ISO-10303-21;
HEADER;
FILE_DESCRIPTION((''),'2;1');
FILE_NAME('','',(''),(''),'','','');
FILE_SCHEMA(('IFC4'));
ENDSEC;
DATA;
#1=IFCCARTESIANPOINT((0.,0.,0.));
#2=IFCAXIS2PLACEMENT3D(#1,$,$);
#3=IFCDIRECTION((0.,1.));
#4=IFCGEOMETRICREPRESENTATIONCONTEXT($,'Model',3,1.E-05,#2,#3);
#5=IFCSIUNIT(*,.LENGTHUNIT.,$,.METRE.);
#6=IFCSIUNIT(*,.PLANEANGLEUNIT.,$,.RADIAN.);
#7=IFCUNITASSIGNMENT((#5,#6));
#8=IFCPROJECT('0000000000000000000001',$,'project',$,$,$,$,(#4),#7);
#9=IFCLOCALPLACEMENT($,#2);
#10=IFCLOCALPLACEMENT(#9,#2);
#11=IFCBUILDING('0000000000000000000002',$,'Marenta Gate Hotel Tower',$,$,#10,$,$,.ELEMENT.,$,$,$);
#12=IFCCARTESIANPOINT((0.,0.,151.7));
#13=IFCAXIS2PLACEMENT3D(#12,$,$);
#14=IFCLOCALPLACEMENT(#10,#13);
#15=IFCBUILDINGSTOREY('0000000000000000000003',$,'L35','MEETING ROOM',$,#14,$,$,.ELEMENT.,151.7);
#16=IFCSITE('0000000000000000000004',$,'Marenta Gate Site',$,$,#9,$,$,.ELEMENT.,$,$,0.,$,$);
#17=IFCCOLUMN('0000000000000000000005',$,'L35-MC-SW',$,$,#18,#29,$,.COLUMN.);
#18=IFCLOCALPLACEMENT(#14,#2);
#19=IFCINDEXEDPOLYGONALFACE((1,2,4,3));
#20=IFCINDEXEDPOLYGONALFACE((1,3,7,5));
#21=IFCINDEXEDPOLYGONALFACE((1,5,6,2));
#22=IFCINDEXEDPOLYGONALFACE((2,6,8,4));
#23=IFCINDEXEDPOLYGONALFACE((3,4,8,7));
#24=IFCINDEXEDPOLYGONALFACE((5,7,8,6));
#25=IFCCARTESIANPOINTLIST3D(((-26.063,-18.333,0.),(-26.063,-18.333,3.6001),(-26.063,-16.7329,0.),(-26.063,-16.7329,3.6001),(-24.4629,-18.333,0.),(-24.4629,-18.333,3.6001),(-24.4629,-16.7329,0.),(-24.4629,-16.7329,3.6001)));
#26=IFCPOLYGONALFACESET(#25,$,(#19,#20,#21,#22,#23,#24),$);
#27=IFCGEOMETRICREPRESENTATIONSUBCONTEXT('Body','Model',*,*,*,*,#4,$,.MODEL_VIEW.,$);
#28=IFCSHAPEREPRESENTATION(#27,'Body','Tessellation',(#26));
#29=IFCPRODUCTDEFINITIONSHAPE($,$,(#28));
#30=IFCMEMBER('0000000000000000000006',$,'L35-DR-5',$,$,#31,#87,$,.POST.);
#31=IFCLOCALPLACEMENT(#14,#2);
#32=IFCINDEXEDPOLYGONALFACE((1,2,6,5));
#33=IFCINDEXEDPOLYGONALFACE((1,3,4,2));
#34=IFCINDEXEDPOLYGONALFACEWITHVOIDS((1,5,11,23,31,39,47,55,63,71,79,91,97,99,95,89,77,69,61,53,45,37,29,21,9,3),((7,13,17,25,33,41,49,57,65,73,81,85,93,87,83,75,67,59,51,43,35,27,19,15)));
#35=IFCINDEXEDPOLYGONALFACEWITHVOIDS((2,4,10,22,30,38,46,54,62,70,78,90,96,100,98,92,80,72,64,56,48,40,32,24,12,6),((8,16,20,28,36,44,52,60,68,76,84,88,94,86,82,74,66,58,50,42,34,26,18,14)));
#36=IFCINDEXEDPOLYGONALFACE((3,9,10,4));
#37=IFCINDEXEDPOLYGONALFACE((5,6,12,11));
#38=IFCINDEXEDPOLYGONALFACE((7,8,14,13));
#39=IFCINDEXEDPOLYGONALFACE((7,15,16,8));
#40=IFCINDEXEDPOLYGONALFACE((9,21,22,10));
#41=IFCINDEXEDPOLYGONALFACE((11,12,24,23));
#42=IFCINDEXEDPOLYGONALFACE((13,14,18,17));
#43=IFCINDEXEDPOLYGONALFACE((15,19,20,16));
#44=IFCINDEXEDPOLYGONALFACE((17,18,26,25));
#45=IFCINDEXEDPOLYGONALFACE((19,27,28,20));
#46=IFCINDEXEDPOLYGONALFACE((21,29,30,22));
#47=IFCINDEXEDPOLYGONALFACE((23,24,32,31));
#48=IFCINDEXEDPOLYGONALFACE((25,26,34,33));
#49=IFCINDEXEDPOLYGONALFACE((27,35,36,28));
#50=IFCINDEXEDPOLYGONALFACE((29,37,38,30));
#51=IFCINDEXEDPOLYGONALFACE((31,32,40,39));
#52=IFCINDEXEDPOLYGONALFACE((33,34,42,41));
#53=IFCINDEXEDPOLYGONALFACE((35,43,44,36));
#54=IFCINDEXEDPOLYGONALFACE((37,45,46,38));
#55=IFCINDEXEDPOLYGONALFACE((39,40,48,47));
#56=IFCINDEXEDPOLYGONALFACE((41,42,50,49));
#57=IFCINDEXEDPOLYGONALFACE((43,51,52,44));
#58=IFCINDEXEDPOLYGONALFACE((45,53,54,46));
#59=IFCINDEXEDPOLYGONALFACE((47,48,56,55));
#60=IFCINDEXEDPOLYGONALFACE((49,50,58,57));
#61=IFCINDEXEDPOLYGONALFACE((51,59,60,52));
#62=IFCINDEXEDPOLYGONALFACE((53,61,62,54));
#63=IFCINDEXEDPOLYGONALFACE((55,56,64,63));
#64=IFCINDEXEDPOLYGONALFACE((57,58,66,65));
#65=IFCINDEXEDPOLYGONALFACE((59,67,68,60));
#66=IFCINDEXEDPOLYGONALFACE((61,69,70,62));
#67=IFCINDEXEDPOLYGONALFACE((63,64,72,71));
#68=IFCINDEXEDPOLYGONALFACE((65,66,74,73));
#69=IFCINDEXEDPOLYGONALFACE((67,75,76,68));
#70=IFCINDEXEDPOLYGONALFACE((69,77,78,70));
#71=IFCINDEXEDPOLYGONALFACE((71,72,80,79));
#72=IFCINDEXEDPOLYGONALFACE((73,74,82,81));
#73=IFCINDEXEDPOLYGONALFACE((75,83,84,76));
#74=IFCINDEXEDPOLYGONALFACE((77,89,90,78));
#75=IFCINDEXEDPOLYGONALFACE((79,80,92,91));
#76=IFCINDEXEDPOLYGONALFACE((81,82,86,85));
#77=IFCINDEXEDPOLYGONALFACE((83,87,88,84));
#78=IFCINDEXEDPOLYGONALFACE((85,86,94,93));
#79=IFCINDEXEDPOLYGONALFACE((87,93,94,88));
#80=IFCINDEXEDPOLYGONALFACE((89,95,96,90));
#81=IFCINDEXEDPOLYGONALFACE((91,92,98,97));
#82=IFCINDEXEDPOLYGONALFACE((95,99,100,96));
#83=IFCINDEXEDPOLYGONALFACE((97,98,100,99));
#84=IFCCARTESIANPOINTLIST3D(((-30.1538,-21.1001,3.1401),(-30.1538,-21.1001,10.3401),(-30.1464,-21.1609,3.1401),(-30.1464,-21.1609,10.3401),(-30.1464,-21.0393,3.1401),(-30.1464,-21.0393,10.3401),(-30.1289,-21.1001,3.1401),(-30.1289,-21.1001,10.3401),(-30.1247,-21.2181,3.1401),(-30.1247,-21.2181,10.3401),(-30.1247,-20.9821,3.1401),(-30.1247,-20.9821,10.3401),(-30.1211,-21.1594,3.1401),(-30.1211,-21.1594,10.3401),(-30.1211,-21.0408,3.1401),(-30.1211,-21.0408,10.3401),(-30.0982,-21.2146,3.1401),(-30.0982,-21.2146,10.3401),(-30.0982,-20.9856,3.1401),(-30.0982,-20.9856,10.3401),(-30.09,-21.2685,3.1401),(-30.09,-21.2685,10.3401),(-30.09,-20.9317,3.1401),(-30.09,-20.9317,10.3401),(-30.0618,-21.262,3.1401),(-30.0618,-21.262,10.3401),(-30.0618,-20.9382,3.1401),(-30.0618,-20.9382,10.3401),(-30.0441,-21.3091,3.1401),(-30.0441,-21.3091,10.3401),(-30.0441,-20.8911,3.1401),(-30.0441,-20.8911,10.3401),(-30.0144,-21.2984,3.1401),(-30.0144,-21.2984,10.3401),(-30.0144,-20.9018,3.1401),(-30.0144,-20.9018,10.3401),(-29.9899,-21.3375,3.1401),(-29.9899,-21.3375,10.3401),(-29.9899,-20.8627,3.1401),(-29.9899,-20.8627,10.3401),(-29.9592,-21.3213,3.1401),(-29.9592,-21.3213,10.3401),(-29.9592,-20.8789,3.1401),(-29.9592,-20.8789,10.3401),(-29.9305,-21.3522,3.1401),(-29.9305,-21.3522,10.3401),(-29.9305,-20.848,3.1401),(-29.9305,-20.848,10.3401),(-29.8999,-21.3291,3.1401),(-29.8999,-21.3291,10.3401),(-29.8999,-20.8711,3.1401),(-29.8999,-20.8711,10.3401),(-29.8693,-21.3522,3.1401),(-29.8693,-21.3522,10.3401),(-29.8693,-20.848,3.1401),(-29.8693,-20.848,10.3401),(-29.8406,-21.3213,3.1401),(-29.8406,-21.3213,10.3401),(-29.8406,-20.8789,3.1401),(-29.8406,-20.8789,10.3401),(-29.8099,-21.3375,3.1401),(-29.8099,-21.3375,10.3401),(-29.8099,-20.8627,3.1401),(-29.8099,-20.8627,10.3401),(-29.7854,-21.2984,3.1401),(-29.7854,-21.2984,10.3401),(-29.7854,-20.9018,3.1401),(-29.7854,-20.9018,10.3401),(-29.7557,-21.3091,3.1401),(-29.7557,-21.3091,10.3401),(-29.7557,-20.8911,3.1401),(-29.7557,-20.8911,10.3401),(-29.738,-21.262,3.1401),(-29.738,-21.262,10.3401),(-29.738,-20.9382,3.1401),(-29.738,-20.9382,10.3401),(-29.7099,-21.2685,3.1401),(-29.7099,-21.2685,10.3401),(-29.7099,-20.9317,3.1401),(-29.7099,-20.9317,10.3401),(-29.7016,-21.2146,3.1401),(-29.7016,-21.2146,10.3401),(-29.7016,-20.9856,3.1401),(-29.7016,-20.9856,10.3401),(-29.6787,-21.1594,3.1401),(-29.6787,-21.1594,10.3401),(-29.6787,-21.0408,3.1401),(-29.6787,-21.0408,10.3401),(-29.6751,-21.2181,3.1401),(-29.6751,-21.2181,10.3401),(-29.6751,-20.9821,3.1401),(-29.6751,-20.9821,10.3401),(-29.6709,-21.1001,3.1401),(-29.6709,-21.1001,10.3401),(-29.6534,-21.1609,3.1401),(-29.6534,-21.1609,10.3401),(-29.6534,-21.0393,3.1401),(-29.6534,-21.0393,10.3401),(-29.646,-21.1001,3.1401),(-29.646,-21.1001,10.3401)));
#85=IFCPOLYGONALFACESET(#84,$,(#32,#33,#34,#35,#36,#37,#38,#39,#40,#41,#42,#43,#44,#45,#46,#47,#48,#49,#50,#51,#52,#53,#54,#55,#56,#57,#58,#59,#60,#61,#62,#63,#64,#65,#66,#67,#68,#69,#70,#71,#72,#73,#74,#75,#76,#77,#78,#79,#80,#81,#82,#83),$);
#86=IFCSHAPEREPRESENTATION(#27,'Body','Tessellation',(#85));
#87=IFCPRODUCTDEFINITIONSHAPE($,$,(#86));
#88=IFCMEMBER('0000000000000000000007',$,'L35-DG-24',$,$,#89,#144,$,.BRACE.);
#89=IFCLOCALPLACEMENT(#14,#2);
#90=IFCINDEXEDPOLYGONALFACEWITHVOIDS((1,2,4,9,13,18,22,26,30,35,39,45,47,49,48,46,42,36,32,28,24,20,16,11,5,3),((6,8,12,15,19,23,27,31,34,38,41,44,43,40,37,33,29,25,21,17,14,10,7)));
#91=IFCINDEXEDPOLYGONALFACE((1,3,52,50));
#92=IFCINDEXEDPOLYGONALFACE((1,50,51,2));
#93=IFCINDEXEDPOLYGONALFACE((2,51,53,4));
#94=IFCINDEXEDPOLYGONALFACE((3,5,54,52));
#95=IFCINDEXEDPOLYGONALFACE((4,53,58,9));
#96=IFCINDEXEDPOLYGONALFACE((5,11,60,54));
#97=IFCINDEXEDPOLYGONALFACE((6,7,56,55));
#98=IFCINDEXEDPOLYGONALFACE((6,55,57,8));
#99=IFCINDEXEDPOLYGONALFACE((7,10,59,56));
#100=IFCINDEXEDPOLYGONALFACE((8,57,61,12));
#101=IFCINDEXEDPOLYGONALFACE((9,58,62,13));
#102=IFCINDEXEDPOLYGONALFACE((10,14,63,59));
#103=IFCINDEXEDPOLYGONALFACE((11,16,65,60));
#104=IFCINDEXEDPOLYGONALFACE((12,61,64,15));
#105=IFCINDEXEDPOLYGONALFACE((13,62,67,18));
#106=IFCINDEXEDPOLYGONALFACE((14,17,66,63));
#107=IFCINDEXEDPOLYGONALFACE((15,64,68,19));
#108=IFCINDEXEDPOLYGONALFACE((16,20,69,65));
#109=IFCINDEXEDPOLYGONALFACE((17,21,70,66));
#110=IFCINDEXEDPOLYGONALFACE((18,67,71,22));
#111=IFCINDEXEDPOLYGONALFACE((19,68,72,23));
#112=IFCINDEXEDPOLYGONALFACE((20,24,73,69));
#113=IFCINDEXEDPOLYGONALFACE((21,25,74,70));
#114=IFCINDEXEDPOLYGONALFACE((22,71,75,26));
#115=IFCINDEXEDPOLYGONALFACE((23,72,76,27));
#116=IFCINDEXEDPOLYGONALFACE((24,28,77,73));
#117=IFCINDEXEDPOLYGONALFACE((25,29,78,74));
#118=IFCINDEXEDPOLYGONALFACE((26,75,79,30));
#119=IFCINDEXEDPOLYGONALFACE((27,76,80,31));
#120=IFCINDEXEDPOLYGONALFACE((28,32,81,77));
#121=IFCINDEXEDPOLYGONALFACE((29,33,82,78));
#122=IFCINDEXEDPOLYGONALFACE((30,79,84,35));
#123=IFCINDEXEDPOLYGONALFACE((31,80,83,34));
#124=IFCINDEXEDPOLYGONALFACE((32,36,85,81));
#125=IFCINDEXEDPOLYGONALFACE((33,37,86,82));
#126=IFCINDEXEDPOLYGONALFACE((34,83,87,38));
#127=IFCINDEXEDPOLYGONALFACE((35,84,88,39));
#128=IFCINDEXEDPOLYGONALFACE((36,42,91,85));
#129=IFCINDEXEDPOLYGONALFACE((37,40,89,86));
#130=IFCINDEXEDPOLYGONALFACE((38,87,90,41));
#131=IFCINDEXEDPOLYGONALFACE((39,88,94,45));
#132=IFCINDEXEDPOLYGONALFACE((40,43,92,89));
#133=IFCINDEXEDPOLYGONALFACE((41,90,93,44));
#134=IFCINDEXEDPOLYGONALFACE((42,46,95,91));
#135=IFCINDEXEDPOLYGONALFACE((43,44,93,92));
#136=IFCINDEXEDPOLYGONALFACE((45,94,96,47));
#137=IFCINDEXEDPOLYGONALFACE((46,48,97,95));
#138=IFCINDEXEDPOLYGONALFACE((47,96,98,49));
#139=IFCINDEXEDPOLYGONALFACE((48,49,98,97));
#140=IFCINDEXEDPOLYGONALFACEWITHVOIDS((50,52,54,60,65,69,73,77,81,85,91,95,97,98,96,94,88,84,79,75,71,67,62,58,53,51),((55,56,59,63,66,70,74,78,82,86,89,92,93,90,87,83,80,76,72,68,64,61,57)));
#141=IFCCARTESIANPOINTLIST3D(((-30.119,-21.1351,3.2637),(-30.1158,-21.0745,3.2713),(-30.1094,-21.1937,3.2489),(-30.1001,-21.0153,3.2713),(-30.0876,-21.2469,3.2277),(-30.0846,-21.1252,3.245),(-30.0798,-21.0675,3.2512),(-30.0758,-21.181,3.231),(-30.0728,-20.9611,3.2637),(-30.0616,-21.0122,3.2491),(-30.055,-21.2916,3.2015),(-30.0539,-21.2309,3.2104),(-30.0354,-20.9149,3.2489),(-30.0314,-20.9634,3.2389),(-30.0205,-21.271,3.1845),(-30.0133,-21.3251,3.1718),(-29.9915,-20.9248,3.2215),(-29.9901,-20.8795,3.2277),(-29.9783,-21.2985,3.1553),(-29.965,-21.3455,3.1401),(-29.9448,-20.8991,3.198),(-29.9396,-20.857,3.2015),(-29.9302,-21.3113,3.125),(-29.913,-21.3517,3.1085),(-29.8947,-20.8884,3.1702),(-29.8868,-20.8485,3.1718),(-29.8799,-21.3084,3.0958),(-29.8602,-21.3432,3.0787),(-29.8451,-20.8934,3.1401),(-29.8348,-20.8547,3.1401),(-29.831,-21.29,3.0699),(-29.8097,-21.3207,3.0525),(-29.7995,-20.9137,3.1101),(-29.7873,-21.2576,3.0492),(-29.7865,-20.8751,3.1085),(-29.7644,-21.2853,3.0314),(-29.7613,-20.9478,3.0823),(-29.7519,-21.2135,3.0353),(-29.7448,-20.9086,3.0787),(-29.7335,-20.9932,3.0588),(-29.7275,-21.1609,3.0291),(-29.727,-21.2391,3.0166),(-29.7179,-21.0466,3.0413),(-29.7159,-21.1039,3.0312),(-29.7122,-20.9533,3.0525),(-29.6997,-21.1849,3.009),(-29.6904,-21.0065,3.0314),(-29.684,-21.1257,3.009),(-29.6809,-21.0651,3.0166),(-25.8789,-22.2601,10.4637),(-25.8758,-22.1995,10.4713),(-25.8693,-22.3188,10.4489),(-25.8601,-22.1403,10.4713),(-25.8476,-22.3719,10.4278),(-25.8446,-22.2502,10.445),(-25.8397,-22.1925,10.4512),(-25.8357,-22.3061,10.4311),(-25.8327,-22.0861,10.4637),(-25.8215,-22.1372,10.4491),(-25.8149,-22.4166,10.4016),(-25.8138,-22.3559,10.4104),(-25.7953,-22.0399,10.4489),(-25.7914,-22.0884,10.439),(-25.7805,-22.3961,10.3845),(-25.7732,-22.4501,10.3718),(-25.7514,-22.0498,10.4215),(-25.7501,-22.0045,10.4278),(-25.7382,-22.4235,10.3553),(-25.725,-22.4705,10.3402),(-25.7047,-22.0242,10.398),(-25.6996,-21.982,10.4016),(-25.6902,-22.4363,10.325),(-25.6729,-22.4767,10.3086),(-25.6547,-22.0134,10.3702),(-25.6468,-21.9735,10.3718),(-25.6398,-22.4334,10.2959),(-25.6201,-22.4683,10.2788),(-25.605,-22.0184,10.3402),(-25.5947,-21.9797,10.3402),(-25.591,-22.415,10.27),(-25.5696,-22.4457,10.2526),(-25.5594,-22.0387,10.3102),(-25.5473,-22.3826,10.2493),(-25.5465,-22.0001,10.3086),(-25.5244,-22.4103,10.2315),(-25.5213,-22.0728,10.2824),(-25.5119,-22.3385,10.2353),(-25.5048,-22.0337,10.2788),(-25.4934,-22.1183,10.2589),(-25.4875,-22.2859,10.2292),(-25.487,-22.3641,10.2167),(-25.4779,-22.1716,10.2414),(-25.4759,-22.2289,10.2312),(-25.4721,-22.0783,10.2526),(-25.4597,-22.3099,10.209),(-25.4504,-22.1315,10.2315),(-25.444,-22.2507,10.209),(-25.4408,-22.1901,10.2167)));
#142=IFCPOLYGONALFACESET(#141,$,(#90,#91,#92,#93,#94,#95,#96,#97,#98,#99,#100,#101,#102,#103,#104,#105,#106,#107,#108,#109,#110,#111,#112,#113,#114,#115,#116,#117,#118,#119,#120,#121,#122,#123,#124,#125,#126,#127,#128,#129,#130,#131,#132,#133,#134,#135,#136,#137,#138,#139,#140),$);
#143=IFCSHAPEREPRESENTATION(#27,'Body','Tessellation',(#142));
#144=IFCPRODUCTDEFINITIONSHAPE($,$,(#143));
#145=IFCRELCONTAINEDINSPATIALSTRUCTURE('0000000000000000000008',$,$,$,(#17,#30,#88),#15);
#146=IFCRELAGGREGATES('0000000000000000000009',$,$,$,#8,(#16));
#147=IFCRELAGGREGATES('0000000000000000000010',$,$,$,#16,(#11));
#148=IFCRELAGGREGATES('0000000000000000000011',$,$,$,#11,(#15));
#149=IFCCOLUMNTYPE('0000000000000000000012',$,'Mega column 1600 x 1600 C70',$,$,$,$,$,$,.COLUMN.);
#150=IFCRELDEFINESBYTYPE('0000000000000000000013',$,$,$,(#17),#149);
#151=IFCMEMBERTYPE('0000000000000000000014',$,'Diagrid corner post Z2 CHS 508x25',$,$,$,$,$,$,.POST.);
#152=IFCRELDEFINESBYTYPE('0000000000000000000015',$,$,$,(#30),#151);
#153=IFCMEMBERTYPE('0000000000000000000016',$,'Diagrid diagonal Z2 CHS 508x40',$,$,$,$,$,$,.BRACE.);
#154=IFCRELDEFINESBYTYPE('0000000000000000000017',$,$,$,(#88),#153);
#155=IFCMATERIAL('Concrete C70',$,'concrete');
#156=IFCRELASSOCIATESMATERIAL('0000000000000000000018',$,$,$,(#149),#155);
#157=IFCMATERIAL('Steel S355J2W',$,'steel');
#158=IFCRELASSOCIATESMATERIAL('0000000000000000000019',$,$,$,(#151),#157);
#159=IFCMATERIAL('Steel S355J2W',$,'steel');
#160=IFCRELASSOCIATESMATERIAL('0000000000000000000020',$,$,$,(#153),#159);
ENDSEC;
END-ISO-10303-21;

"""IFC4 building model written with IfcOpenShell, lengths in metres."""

from ifc_helpers import new_model, si_unit, direction, frame, origin, origin_2d, place, context, subcontext, project, spatial, rectangle, hollow_circle, extrude, material, material_profile, profile_set, type_object, element, save


model = new_model("IFC4")

# Units and contexts
model_context = context("Model", 3, precision=1e-05, world=origin(), true_north=direction((0.0, 1.0)))
body_context = subcontext(model_context, "Body", "Model", "MODEL_VIEW")
ifc_project = project(units=[si_unit("LENGTHUNIT", "METRE"), si_unit("PLANEANGLEUNIT", "RADIAN")], contexts=[model_context])

# Site, building, storey
site_placement = place(None, origin())
site = spatial("IfcSite", under=ifc_project, at=site_placement, Name="Marenta Gate Site", CompositionType="ELEMENT", RefElevation=0.0)
building_placement = place(site_placement, origin())
building = spatial("IfcBuilding", under=site, at=building_placement, Name="Marenta Gate Hotel Tower", CompositionType="ELEMENT")
storey_placement = place(building_placement, frame((0.0, 0.0, 151.7)))
storey = spatial("IfcBuildingStorey", under=building, at=storey_placement, Name="L35", Description="MEETING ROOM", CompositionType="ELEMENT", Elevation=151.7)

# Column
ifc_material_1 = material(Name="Concrete C70", Category="concrete")
ifc_material_profile_1 = material_profile(ifc_material_1, rectangle(XDim=1.6001, YDim=1.6001, at=origin_2d()), Name="1600 x 1600")
ifc_profile_set_1 = profile_set([ifc_material_profile_1], Name="Concrete C70")
column_type = type_object("IfcColumnType", Name="Mega column 1600 x 1600 C70", PredefinedType="COLUMN", material=ifc_profile_set_1)
column_placement = place(storey_placement, frame((-25.2629, -17.533, 0.0), z_axis=(0.0, 0.0, 1.0), x_axis=(1.0, 0.0, 0.0)))
element("IfcColumn", 1, at=column_placement, inside=storey, type_object=column_type, Name="L35-MC-SW", PredefinedType="COLUMN", context=body_context, shape_type="SweptSolid", body=[
    extrude(rectangle(XDim=1.6001, YDim=1.6001, at=origin_2d()), origin(), (0.0, 0.0, 1.0), 3.6001),
])

# Members
ifc_material_2 = material(Name="Steel S355J2W", Category="steel")
ifc_material_profile_2 = material_profile(ifc_material_2, hollow_circle(Radius=0.2539, WallThickness=0.0249, at=origin_2d()), Name="CHS 508x25")
ifc_profile_set_2 = profile_set([ifc_material_profile_2], Name="Steel S355J2W")
member_type_1 = type_object("IfcMemberType", Name="Diagrid corner post Z2 CHS 508x25", PredefinedType="POST", material=ifc_profile_set_2)
member_1_placement = place(storey_placement, frame((-29.8999, -21.1001, 3.1401), z_axis=(0.0, 0.0, 1.0), x_axis=(1.0, 0.0, 0.0)))
element("IfcMember", 2, at=member_1_placement, inside=storey, type_object=member_type_1, Name="L35-DR-5", PredefinedType="POST", context=body_context, shape_type="SweptSolid", body=[
    extrude(hollow_circle(Radius=0.2539, WallThickness=0.0249, at=origin_2d()), origin(), (0.0, 0.0, 1.0), 7.2),
])
ifc_material_3 = material(Name="Steel S355J2W", Category="steel")
ifc_material_profile_3 = material_profile(ifc_material_3, hollow_circle(Radius=0.2539, WallThickness=0.04, at=origin_2d()), Name="CHS 508x40")
ifc_profile_set_3 = profile_set([ifc_material_profile_3], Name="Steel S355J2W")
member_type_2 = type_object("IfcMemberType", Name="Diagrid diagonal Z2 CHS 508x40", PredefinedType="BRACE", material=ifc_profile_set_3)
member_2_placement = place(storey_placement, frame((-29.8999, -21.1001, 3.1401), z_axis=(0.502902, -0.133435, 0.853981), x_axis=(0.256457, 0.966556, 0.0)))
element("IfcMember", 3, at=member_2_placement, inside=storey, type_object=member_type_2, Name="L35-DG-24", PredefinedType="BRACE", context=body_context, shape_type="SweptSolid", body=[
    extrude(hollow_circle(Radius=0.2539, WallThickness=0.04, at=origin_2d()), origin(), (0.0, 0.0, 1.0), 8.4312),
])

save(model, "model.ifc")
